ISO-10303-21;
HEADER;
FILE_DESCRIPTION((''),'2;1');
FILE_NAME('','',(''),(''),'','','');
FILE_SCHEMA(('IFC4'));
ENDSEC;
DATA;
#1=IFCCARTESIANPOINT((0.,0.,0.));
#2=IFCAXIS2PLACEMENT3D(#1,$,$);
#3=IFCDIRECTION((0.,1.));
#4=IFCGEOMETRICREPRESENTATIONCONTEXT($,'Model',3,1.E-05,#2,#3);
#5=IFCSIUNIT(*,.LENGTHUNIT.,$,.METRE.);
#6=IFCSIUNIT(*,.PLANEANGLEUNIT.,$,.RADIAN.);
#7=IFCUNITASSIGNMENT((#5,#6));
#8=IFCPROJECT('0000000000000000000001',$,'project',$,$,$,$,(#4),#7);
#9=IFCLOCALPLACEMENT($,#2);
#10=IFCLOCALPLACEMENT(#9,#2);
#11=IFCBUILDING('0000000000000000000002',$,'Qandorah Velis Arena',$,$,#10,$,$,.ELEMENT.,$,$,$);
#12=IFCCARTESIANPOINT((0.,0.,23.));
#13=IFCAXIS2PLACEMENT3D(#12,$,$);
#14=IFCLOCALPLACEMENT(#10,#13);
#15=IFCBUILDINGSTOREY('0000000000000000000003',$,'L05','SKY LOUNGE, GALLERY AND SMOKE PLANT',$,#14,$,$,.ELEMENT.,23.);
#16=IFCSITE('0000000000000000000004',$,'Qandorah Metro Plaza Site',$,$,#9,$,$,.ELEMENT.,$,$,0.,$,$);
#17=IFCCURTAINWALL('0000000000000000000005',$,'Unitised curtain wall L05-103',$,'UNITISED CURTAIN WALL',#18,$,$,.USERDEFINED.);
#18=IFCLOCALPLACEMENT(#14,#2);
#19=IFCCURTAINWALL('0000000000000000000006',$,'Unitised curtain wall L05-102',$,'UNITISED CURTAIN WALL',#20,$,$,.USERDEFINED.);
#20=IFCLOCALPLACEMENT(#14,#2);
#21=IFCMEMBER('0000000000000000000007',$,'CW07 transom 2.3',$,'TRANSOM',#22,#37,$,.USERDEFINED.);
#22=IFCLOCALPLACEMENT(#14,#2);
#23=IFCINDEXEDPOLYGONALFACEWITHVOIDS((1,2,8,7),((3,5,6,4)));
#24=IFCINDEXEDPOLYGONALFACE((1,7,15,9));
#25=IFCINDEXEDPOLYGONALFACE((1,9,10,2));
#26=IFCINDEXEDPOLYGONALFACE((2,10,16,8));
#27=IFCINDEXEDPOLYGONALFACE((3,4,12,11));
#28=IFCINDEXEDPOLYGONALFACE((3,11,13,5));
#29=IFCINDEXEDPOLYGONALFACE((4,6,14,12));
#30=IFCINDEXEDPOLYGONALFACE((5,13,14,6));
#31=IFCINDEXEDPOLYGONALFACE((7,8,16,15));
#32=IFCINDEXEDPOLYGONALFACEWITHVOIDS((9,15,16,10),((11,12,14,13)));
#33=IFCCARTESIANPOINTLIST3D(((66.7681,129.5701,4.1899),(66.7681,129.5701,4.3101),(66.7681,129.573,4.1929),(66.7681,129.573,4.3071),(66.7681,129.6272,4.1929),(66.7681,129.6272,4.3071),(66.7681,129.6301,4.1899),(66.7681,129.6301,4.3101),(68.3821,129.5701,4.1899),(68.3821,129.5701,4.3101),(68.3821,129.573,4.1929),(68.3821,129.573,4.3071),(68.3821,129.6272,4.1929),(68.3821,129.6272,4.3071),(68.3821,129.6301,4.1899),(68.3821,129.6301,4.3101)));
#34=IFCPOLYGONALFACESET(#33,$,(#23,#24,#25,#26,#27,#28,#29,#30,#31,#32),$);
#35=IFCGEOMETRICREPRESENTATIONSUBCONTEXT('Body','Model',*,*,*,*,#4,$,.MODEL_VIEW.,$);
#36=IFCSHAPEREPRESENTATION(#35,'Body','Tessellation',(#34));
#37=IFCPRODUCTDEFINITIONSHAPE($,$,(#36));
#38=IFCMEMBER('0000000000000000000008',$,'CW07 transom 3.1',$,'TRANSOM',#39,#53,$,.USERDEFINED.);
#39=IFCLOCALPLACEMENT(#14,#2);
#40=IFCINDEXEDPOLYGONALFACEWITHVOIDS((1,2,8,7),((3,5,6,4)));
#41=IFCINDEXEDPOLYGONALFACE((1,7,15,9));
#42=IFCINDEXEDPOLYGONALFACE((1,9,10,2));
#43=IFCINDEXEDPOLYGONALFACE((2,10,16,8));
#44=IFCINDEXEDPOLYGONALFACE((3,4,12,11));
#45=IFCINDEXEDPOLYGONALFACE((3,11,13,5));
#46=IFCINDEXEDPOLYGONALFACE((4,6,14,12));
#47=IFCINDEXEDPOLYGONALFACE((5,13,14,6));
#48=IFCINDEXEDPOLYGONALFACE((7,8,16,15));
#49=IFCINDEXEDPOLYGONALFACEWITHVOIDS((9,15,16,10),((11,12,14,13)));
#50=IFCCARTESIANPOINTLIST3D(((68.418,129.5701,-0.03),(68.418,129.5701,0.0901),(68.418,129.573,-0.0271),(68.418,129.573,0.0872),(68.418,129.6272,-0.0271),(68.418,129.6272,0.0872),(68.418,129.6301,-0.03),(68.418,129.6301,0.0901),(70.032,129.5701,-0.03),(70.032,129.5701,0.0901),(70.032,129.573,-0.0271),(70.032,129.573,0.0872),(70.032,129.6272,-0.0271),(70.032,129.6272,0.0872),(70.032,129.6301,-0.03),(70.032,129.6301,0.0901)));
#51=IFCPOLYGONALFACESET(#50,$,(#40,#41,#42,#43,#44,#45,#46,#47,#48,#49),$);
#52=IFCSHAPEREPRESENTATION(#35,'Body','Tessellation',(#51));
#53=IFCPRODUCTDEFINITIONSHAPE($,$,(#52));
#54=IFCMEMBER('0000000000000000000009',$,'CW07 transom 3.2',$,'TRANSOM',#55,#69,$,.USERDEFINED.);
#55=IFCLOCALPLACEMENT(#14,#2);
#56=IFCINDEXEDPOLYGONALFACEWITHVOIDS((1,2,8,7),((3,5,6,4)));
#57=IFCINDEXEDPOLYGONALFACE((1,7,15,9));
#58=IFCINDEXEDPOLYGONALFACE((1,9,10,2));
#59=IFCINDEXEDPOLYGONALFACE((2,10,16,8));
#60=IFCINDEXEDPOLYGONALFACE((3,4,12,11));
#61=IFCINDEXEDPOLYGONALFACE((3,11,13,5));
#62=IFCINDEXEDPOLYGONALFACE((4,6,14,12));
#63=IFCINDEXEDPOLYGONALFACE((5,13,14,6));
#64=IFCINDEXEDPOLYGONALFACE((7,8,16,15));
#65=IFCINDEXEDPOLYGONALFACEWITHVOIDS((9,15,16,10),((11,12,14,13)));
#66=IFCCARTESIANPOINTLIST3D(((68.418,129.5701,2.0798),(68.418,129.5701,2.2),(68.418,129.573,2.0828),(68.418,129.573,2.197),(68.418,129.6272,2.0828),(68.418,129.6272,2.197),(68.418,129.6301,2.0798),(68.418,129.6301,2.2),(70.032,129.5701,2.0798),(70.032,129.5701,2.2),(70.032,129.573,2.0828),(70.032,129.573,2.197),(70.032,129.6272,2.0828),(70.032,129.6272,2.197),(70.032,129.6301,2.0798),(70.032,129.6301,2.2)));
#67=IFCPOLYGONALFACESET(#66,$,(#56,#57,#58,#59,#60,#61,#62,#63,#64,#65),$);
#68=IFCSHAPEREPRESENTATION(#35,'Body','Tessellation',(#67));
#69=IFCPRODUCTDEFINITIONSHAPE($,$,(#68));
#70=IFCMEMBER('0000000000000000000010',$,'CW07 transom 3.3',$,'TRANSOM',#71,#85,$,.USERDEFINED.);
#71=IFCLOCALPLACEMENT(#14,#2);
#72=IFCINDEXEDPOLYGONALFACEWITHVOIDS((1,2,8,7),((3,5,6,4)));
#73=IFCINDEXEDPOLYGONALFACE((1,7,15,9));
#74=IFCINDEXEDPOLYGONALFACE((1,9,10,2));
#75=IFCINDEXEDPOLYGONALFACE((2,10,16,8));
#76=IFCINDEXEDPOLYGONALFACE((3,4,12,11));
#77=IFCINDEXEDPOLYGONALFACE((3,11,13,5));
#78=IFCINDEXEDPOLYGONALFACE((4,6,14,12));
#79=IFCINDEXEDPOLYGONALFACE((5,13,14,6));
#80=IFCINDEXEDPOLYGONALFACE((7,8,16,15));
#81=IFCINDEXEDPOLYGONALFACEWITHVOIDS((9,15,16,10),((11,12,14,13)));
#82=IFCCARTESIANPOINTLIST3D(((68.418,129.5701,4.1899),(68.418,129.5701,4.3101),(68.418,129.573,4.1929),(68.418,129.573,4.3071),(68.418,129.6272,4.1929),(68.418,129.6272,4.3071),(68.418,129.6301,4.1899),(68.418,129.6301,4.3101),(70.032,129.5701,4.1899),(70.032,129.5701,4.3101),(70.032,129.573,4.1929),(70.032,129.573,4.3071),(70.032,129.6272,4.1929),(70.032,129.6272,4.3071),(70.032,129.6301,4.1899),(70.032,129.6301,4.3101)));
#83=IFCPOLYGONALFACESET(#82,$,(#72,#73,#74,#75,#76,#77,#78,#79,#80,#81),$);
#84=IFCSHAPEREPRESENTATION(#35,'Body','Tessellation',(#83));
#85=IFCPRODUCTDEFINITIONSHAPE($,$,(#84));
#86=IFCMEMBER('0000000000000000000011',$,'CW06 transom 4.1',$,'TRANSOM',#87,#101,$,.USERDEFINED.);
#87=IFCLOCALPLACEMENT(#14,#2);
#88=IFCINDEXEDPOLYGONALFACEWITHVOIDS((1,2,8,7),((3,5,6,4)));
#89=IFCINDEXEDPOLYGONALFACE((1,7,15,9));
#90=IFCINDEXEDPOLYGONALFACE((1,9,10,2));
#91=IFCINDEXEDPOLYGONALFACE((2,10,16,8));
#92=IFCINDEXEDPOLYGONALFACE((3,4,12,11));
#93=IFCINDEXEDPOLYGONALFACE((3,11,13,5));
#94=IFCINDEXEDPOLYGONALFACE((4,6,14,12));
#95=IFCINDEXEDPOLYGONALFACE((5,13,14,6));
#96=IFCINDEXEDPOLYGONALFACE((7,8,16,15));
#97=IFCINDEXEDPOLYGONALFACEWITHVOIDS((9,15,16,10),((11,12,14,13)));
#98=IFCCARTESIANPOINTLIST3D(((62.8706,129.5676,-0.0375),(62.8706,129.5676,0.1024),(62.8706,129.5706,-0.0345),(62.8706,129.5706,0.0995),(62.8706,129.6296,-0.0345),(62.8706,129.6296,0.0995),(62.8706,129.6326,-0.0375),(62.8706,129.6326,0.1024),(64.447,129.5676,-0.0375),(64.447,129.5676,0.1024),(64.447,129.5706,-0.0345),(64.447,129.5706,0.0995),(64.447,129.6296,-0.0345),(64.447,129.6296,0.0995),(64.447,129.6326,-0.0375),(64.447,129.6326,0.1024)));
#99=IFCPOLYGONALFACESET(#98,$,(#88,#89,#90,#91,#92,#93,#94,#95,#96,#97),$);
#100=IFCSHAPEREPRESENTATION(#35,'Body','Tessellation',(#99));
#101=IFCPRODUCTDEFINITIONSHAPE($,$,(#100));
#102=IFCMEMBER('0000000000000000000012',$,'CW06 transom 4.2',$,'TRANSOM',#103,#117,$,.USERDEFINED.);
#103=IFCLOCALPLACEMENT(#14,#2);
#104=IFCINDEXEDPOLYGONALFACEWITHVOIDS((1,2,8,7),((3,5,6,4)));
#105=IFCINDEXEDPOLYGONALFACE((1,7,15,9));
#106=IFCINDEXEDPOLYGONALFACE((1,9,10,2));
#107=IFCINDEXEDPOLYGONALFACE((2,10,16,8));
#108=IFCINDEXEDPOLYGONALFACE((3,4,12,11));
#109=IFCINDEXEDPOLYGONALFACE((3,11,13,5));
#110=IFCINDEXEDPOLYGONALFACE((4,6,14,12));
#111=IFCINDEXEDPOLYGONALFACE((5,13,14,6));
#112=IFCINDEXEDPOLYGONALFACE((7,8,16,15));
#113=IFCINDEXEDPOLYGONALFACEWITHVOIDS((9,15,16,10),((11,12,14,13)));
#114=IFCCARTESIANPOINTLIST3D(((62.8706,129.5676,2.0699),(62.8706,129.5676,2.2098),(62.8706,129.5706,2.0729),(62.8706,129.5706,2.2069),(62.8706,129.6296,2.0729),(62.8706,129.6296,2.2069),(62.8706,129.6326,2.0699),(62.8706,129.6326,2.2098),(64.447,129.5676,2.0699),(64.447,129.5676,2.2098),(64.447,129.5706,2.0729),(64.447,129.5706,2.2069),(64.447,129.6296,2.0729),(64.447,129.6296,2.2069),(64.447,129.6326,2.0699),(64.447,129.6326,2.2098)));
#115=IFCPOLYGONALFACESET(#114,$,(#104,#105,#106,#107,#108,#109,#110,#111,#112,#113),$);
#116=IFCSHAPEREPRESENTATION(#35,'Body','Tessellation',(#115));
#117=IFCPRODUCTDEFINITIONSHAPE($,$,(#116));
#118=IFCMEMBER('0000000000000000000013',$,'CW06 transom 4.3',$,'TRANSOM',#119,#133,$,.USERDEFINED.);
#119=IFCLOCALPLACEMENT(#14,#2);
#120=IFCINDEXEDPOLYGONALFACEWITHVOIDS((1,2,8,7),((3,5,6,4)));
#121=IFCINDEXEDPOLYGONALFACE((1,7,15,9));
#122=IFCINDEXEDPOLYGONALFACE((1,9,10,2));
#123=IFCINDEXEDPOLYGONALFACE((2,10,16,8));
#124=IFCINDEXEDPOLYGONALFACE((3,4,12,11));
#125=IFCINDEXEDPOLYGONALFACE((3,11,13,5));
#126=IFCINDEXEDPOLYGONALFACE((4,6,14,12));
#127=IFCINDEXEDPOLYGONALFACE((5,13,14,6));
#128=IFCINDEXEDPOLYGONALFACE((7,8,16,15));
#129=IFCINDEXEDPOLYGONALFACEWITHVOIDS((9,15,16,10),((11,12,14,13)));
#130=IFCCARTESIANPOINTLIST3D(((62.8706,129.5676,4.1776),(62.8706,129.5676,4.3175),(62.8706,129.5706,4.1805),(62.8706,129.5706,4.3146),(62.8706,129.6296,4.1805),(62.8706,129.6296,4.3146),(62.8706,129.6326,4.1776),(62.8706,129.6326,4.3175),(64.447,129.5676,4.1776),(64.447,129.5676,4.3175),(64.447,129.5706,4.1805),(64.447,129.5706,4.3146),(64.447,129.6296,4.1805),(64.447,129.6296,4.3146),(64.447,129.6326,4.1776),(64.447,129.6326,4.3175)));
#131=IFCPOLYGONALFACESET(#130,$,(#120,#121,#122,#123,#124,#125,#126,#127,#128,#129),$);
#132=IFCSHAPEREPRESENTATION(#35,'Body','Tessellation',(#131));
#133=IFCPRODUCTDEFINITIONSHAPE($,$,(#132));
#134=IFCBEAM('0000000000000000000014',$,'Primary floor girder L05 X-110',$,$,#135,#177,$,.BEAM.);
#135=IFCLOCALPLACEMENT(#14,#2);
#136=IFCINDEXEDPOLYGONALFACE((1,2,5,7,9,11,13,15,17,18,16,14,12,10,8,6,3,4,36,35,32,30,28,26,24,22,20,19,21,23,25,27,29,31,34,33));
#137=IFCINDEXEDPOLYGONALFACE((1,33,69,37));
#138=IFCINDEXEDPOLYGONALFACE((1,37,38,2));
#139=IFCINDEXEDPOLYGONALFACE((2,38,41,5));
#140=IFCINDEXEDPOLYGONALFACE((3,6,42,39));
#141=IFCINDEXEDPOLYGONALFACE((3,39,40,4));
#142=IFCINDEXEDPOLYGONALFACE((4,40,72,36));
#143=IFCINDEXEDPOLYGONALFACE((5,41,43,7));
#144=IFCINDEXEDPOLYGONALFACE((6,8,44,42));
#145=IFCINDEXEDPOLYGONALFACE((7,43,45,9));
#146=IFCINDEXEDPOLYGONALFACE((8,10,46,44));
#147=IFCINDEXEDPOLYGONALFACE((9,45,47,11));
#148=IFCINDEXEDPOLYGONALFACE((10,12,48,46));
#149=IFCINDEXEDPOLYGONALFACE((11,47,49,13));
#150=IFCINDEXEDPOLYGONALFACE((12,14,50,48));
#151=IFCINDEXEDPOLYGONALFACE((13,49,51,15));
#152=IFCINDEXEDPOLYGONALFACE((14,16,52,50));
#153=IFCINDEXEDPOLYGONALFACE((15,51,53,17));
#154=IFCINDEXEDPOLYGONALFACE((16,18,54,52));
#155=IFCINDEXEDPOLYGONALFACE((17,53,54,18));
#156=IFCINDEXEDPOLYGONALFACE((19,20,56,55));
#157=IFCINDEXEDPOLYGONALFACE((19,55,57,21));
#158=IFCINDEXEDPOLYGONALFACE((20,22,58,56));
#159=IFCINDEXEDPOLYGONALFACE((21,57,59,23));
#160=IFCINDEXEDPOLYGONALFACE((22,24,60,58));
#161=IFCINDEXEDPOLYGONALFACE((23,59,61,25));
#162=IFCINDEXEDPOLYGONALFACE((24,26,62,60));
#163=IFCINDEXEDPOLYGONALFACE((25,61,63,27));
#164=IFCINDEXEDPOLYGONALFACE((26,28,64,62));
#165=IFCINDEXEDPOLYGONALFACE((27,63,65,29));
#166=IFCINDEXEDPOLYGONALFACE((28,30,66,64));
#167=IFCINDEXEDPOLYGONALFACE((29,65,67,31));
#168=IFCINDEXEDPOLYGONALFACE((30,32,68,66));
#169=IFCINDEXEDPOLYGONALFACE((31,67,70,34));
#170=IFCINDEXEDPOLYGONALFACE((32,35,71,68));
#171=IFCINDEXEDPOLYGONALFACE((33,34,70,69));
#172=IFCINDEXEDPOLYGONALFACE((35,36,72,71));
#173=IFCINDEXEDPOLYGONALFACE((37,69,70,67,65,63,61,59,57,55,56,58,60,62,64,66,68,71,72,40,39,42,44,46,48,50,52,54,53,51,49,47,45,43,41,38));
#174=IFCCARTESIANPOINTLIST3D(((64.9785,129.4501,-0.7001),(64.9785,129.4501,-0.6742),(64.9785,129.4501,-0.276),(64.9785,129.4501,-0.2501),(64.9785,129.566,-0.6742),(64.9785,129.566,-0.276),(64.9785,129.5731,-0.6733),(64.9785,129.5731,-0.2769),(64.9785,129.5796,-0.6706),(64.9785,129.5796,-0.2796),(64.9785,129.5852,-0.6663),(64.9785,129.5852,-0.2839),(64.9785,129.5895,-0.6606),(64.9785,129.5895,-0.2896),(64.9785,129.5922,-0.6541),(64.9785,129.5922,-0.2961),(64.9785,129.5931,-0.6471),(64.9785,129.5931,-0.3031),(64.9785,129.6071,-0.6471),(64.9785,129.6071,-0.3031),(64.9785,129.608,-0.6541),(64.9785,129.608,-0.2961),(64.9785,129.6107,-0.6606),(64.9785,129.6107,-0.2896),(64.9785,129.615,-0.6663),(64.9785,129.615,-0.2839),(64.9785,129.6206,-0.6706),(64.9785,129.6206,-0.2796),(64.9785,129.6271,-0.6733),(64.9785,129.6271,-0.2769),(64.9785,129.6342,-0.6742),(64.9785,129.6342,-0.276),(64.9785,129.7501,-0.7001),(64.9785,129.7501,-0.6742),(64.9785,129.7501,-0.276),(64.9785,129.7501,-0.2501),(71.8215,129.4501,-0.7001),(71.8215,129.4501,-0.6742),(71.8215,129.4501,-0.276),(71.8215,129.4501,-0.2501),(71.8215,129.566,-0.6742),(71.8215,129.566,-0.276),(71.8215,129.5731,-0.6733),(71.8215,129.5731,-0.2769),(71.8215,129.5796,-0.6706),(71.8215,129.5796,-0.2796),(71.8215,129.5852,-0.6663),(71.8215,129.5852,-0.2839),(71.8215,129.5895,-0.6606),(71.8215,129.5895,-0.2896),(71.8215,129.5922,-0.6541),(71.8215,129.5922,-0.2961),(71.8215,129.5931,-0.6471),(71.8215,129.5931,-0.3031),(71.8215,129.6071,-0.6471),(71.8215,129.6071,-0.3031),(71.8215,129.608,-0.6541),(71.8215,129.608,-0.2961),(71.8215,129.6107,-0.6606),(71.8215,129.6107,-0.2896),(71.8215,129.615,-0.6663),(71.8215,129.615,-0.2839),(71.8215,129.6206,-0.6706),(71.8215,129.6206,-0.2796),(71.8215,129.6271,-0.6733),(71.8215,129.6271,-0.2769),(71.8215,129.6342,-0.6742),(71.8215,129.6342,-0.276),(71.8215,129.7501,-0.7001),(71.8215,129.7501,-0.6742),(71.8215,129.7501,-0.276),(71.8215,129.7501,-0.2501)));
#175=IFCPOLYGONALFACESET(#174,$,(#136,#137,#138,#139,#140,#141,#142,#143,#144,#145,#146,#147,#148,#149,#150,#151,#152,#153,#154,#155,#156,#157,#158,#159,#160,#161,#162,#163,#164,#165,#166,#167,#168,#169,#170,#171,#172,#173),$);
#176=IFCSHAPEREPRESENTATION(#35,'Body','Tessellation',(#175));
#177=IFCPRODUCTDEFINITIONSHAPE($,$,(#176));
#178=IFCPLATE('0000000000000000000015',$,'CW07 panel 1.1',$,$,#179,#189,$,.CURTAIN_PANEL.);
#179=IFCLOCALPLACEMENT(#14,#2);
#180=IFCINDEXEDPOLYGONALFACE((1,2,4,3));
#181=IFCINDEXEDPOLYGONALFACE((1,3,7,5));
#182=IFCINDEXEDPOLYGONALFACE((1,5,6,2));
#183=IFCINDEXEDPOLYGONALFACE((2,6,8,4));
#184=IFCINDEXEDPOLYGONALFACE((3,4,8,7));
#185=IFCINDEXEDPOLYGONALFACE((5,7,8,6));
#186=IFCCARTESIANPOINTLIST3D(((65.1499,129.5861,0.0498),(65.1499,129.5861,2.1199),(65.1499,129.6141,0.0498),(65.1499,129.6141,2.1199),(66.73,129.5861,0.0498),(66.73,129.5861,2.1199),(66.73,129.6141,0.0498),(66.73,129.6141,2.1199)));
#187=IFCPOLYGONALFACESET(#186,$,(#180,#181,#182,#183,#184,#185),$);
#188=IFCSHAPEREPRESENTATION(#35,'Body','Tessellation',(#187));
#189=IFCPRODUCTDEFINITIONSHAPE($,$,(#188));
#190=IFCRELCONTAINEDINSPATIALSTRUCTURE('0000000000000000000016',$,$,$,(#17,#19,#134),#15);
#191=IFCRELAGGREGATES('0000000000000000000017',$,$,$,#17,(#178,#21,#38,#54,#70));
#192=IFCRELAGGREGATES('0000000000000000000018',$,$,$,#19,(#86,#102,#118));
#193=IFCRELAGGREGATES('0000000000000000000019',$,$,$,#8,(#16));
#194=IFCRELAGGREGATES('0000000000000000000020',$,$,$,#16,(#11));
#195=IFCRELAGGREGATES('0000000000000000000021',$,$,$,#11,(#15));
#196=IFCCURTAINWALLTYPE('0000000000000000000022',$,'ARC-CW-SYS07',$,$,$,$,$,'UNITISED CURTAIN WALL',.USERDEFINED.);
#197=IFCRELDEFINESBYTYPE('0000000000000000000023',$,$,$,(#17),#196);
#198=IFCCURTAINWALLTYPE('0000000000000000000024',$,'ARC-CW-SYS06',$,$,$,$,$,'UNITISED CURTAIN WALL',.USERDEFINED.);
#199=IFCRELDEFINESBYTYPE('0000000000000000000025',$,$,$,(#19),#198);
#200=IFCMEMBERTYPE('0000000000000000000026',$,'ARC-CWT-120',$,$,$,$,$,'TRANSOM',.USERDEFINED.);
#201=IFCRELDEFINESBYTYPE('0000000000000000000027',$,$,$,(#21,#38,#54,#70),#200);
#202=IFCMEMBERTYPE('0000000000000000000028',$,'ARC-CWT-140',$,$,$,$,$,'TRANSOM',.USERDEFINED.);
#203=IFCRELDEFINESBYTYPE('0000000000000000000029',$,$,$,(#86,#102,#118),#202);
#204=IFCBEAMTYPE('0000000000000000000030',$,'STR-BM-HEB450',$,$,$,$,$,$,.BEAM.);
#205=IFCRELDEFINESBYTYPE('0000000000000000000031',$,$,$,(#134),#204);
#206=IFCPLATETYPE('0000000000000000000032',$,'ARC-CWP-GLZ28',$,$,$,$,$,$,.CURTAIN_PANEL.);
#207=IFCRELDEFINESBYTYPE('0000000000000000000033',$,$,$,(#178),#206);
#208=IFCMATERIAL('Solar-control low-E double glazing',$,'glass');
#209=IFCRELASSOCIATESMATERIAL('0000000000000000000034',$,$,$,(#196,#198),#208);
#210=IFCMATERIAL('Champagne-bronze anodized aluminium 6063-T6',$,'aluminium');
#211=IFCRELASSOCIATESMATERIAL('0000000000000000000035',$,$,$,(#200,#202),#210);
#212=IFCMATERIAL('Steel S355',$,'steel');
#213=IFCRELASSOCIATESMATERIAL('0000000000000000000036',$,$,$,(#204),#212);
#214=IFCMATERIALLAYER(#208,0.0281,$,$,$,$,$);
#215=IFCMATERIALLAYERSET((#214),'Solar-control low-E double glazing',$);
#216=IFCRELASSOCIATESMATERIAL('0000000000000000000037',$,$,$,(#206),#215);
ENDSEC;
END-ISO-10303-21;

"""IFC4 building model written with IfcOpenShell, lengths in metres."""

from ifc_helpers import new_model, si_unit, direction, frame, origin, origin_2d, place, context, subcontext, project, spatial, rectangle, hollow_rectangle, i_section, extrude, material, layer, layer_set, material_profile, profile_set, type_object, element, aggregate, save


model = new_model("IFC4")

# Units and contexts
model_context = context("Model", 3, precision=1e-05, world=origin(), true_north=direction((0.0, 1.0)))
body_context = subcontext(model_context, "Body", "Model", "MODEL_VIEW")
ifc_project = project(units=[si_unit("LENGTHUNIT", "METRE"), si_unit("PLANEANGLEUNIT", "RADIAN")], contexts=[model_context])

# Site, building, storey
site_placement = place(None, origin())
site = spatial("IfcSite", under=ifc_project, at=site_placement, Name="Qandorah Metro Plaza Site", CompositionType="ELEMENT", RefElevation=0.0)
building_placement = place(site_placement, origin())
building = spatial("IfcBuilding", under=site, at=building_placement, Name="Qandorah Velis Arena", CompositionType="ELEMENT")
storey_placement = place(building_placement, frame((0.0, 0.0, 23.0)))
storey = spatial("IfcBuildingStorey", under=building, at=storey_placement, Name="L05", Description="SKY LOUNGE, GALLERY AND SMOKE PLANT", CompositionType="ELEMENT", Elevation=23.0)

# Curtain walls
ifc_material_1 = material(Name="Solar-control low-E double glazing", Category="glass")
curtain_wall_type_1 = type_object("IfcCurtainWallType", Name="ARC-CW-SYS07", ElementType="UNITISED CURTAIN WALL", PredefinedType="USERDEFINED", material=ifc_material_1)
curtain_wall_1_placement = place(storey_placement, origin())
curtain_wall_1 = element("IfcCurtainWall", 1, at=curtain_wall_1_placement, inside=storey, type_object=curtain_wall_type_1, Name="Unitised curtain wall L05-103", ObjectType="UNITISED CURTAIN WALL", PredefinedType="USERDEFINED")
ifc_material_2 = material(Name="Champagne-bronze anodized aluminium 6063-T6", Category="aluminium")
curtain_wall_type_2 = type_object("IfcCurtainWallType", Name="ARC-CW-SYS06", ElementType="UNITISED CURTAIN WALL", PredefinedType="USERDEFINED", material=ifc_material_1)
curtain_wall_2_placement = place(storey_placement, origin())
curtain_wall_2 = element("IfcCurtainWall", 2, at=curtain_wall_2_placement, inside=storey, type_object=curtain_wall_type_2, Name="Unitised curtain wall L05-102", ObjectType="UNITISED CURTAIN WALL", PredefinedType="USERDEFINED")

# Members
ifc_material_profile_1 = material_profile(ifc_material_2, hollow_rectangle(XDim=0.0601, YDim=0.1201, WallThickness=0.0029, at=origin_2d()), Name="ALU TRANSOM 60x120")
ifc_profile_set_1 = profile_set([ifc_material_profile_1], Name="Champagne-bronze anodized aluminium 6063-T6")
member_type_1 = type_object("IfcMemberType", Name="ARC-CWT-120", ElementType="TRANSOM", PredefinedType="USERDEFINED", material=ifc_profile_set_1)
member_1_placement = place(storey_placement, frame((66.7681, 129.6001, 4.25), z_axis=(1.0, 0.0, 0.0), x_axis=(0.0, 1.0, 0.0)))
member_1 = element("IfcMember", 3, at=member_1_placement, type_object=member_type_1, Name="CW07 transom 2.3", ObjectType="TRANSOM", PredefinedType="USERDEFINED", context=body_context, shape_type="SweptSolid", body=[
    extrude(hollow_rectangle(XDim=0.0601, YDim=0.1201, WallThickness=0.0029, at=origin_2d()), origin(), (0.0, 0.0, 1.0), 1.614),
])
member_2_placement = place(storey_placement, frame((68.418, 129.6001, 0.03), z_axis=(1.0, 0.0, 0.0), x_axis=(0.0, 1.0, 0.0)))
member_2 = element("IfcMember", 4, at=member_2_placement, type_object=member_type_1, Name="CW07 transom 3.1", ObjectType="TRANSOM", PredefinedType="USERDEFINED", context=body_context, shape_type="SweptSolid", body=[
    extrude(hollow_rectangle(XDim=0.0601, YDim=0.1201, WallThickness=0.0029, at=origin_2d()), origin(), (0.0, 0.0, 1.0), 1.614),
])
member_3_placement = place(storey_placement, frame((68.418, 129.6001, 2.1399), z_axis=(1.0, 0.0, 0.0), x_axis=(0.0, 1.0, 0.0)))
member_3 = element("IfcMember", 5, at=member_3_placement, type_object=member_type_1, Name="CW07 transom 3.2", ObjectType="TRANSOM", PredefinedType="USERDEFINED", context=body_context, shape_type="SweptSolid", body=[
    extrude(hollow_rectangle(XDim=0.0601, YDim=0.1201, WallThickness=0.0029, at=origin_2d()), origin(), (0.0, 0.0, 1.0), 1.614),
])
member_4_placement = place(storey_placement, frame((68.418, 129.6001, 4.25), z_axis=(1.0, 0.0, 0.0), x_axis=(0.0, 1.0, 0.0)))
member_4 = element("IfcMember", 6, at=member_4_placement, type_object=member_type_1, Name="CW07 transom 3.3", ObjectType="TRANSOM", PredefinedType="USERDEFINED", context=body_context, shape_type="SweptSolid", body=[
    extrude(hollow_rectangle(XDim=0.0601, YDim=0.1201, WallThickness=0.0029, at=origin_2d()), origin(), (0.0, 0.0, 1.0), 1.614),
])
ifc_material_profile_2 = material_profile(ifc_material_2, hollow_rectangle(XDim=0.0649, YDim=0.1399, WallThickness=0.0029, at=origin_2d()), Name="ALU TRANSOM 65x140")
ifc_profile_set_2 = profile_set([ifc_material_profile_2], Name="Champagne-bronze anodized aluminium 6063-T6")
member_type_2 = type_object("IfcMemberType", Name="ARC-CWT-140", ElementType="TRANSOM", PredefinedType="USERDEFINED", material=ifc_profile_set_2)
member_5_placement = place(storey_placement, frame((62.8706, 129.6001, 0.0325), z_axis=(1.0, 0.0, 0.0), x_axis=(0.0, 1.0, 0.0)))
member_5 = element("IfcMember", 7, at=member_5_placement, type_object=member_type_2, Name="CW06 transom 4.1", ObjectType="TRANSOM", PredefinedType="USERDEFINED", context=body_context, shape_type="SweptSolid", body=[
    extrude(hollow_rectangle(XDim=0.0649, YDim=0.1399, WallThickness=0.0029, at=origin_2d()), origin(), (0.0, 0.0, 1.0), 1.5764),
])
member_6_placement = place(storey_placement, frame((62.8706, 129.6001, 2.1399), z_axis=(1.0, 0.0, 0.0), x_axis=(0.0, 1.0, 0.0)))
member_6 = element("IfcMember", 8, at=member_6_placement, type_object=member_type_2, Name="CW06 transom 4.2", ObjectType="TRANSOM", PredefinedType="USERDEFINED", context=body_context, shape_type="SweptSolid", body=[
    extrude(hollow_rectangle(XDim=0.0649, YDim=0.1399, WallThickness=0.0029, at=origin_2d()), origin(), (0.0, 0.0, 1.0), 1.5764),
])
member_7_placement = place(storey_placement, frame((62.8706, 129.6001, 4.2476), z_axis=(1.0, 0.0, 0.0), x_axis=(0.0, 1.0, 0.0)))
member_7 = element("IfcMember", 9, at=member_7_placement, type_object=member_type_2, Name="CW06 transom 4.3", ObjectType="TRANSOM", PredefinedType="USERDEFINED", context=body_context, shape_type="SweptSolid", body=[
    extrude(hollow_rectangle(XDim=0.0649, YDim=0.1399, WallThickness=0.0029, at=origin_2d()), origin(), (0.0, 0.0, 1.0), 1.5764),
])

# Beam
ifc_material_3 = material(Name="Steel S355", Category="steel")
ifc_material_profile_3 = material_profile(ifc_material_3, i_section(OverallWidth=0.3, OverallDepth=0.45, WebThickness=0.0139, FlangeThickness=0.0259, FilletRadius=0.0271, at=origin_2d()), Name="HEB 450")
ifc_profile_set_3 = profile_set([ifc_material_profile_3], Name="Steel S355")
beam_type = type_object("IfcBeamType", Name="STR-BM-HEB450", PredefinedType="BEAM", material=ifc_profile_set_3)
beam_placement = place(storey_placement, frame((64.9785, 129.6001, -0.4751), z_axis=(1.0, 0.0, 0.0), x_axis=(0.0, 1.0, 0.0)))
element("IfcBeam", 10, at=beam_placement, inside=storey, type_object=beam_type, Name="Primary floor girder L05 X-110", PredefinedType="BEAM", context=body_context, shape_type="SweptSolid", body=[
    extrude(i_section(OverallWidth=0.3, OverallDepth=0.45, WebThickness=0.0139, FlangeThickness=0.0259, FilletRadius=0.0271, at=origin_2d()), origin(), (0.0, 0.0, 1.0), 6.843),
])

# Plate
ifc_layer_1 = layer(ifc_material_1, 0.0281)
ifc_layer_set_1 = layer_set([ifc_layer_1], Name="Solar-control low-E double glazing")
plate_type_1 = type_object("IfcPlateType", Name="ARC-CWP-GLZ28", PredefinedType="CURTAIN_PANEL", material=ifc_layer_set_1)
plate_1_placement = place(storey_placement, frame((65.9399, 129.6001, 0.0498), z_axis=(0.0, 0.0, 1.0), x_axis=(1.0, 0.0, 0.0)))
plate_1 = element("IfcPlate", 11, at=plate_1_placement, type_object=plate_type_1, Name="CW07 panel 1.1", PredefinedType="CURTAIN_PANEL", context=body_context, shape_type="SweptSolid", body=[
    extrude(rectangle(XDim=1.5801, YDim=0.0281, at=origin_2d()), origin(), (0.0, 0.0, 1.0), 2.0701),
])
aggregate(curtain_wall_1, [plate_1, member_1, member_2, member_3, member_4])
aggregate(curtain_wall_2, [member_5, member_6, member_7])

save(model, "model.ifc")
